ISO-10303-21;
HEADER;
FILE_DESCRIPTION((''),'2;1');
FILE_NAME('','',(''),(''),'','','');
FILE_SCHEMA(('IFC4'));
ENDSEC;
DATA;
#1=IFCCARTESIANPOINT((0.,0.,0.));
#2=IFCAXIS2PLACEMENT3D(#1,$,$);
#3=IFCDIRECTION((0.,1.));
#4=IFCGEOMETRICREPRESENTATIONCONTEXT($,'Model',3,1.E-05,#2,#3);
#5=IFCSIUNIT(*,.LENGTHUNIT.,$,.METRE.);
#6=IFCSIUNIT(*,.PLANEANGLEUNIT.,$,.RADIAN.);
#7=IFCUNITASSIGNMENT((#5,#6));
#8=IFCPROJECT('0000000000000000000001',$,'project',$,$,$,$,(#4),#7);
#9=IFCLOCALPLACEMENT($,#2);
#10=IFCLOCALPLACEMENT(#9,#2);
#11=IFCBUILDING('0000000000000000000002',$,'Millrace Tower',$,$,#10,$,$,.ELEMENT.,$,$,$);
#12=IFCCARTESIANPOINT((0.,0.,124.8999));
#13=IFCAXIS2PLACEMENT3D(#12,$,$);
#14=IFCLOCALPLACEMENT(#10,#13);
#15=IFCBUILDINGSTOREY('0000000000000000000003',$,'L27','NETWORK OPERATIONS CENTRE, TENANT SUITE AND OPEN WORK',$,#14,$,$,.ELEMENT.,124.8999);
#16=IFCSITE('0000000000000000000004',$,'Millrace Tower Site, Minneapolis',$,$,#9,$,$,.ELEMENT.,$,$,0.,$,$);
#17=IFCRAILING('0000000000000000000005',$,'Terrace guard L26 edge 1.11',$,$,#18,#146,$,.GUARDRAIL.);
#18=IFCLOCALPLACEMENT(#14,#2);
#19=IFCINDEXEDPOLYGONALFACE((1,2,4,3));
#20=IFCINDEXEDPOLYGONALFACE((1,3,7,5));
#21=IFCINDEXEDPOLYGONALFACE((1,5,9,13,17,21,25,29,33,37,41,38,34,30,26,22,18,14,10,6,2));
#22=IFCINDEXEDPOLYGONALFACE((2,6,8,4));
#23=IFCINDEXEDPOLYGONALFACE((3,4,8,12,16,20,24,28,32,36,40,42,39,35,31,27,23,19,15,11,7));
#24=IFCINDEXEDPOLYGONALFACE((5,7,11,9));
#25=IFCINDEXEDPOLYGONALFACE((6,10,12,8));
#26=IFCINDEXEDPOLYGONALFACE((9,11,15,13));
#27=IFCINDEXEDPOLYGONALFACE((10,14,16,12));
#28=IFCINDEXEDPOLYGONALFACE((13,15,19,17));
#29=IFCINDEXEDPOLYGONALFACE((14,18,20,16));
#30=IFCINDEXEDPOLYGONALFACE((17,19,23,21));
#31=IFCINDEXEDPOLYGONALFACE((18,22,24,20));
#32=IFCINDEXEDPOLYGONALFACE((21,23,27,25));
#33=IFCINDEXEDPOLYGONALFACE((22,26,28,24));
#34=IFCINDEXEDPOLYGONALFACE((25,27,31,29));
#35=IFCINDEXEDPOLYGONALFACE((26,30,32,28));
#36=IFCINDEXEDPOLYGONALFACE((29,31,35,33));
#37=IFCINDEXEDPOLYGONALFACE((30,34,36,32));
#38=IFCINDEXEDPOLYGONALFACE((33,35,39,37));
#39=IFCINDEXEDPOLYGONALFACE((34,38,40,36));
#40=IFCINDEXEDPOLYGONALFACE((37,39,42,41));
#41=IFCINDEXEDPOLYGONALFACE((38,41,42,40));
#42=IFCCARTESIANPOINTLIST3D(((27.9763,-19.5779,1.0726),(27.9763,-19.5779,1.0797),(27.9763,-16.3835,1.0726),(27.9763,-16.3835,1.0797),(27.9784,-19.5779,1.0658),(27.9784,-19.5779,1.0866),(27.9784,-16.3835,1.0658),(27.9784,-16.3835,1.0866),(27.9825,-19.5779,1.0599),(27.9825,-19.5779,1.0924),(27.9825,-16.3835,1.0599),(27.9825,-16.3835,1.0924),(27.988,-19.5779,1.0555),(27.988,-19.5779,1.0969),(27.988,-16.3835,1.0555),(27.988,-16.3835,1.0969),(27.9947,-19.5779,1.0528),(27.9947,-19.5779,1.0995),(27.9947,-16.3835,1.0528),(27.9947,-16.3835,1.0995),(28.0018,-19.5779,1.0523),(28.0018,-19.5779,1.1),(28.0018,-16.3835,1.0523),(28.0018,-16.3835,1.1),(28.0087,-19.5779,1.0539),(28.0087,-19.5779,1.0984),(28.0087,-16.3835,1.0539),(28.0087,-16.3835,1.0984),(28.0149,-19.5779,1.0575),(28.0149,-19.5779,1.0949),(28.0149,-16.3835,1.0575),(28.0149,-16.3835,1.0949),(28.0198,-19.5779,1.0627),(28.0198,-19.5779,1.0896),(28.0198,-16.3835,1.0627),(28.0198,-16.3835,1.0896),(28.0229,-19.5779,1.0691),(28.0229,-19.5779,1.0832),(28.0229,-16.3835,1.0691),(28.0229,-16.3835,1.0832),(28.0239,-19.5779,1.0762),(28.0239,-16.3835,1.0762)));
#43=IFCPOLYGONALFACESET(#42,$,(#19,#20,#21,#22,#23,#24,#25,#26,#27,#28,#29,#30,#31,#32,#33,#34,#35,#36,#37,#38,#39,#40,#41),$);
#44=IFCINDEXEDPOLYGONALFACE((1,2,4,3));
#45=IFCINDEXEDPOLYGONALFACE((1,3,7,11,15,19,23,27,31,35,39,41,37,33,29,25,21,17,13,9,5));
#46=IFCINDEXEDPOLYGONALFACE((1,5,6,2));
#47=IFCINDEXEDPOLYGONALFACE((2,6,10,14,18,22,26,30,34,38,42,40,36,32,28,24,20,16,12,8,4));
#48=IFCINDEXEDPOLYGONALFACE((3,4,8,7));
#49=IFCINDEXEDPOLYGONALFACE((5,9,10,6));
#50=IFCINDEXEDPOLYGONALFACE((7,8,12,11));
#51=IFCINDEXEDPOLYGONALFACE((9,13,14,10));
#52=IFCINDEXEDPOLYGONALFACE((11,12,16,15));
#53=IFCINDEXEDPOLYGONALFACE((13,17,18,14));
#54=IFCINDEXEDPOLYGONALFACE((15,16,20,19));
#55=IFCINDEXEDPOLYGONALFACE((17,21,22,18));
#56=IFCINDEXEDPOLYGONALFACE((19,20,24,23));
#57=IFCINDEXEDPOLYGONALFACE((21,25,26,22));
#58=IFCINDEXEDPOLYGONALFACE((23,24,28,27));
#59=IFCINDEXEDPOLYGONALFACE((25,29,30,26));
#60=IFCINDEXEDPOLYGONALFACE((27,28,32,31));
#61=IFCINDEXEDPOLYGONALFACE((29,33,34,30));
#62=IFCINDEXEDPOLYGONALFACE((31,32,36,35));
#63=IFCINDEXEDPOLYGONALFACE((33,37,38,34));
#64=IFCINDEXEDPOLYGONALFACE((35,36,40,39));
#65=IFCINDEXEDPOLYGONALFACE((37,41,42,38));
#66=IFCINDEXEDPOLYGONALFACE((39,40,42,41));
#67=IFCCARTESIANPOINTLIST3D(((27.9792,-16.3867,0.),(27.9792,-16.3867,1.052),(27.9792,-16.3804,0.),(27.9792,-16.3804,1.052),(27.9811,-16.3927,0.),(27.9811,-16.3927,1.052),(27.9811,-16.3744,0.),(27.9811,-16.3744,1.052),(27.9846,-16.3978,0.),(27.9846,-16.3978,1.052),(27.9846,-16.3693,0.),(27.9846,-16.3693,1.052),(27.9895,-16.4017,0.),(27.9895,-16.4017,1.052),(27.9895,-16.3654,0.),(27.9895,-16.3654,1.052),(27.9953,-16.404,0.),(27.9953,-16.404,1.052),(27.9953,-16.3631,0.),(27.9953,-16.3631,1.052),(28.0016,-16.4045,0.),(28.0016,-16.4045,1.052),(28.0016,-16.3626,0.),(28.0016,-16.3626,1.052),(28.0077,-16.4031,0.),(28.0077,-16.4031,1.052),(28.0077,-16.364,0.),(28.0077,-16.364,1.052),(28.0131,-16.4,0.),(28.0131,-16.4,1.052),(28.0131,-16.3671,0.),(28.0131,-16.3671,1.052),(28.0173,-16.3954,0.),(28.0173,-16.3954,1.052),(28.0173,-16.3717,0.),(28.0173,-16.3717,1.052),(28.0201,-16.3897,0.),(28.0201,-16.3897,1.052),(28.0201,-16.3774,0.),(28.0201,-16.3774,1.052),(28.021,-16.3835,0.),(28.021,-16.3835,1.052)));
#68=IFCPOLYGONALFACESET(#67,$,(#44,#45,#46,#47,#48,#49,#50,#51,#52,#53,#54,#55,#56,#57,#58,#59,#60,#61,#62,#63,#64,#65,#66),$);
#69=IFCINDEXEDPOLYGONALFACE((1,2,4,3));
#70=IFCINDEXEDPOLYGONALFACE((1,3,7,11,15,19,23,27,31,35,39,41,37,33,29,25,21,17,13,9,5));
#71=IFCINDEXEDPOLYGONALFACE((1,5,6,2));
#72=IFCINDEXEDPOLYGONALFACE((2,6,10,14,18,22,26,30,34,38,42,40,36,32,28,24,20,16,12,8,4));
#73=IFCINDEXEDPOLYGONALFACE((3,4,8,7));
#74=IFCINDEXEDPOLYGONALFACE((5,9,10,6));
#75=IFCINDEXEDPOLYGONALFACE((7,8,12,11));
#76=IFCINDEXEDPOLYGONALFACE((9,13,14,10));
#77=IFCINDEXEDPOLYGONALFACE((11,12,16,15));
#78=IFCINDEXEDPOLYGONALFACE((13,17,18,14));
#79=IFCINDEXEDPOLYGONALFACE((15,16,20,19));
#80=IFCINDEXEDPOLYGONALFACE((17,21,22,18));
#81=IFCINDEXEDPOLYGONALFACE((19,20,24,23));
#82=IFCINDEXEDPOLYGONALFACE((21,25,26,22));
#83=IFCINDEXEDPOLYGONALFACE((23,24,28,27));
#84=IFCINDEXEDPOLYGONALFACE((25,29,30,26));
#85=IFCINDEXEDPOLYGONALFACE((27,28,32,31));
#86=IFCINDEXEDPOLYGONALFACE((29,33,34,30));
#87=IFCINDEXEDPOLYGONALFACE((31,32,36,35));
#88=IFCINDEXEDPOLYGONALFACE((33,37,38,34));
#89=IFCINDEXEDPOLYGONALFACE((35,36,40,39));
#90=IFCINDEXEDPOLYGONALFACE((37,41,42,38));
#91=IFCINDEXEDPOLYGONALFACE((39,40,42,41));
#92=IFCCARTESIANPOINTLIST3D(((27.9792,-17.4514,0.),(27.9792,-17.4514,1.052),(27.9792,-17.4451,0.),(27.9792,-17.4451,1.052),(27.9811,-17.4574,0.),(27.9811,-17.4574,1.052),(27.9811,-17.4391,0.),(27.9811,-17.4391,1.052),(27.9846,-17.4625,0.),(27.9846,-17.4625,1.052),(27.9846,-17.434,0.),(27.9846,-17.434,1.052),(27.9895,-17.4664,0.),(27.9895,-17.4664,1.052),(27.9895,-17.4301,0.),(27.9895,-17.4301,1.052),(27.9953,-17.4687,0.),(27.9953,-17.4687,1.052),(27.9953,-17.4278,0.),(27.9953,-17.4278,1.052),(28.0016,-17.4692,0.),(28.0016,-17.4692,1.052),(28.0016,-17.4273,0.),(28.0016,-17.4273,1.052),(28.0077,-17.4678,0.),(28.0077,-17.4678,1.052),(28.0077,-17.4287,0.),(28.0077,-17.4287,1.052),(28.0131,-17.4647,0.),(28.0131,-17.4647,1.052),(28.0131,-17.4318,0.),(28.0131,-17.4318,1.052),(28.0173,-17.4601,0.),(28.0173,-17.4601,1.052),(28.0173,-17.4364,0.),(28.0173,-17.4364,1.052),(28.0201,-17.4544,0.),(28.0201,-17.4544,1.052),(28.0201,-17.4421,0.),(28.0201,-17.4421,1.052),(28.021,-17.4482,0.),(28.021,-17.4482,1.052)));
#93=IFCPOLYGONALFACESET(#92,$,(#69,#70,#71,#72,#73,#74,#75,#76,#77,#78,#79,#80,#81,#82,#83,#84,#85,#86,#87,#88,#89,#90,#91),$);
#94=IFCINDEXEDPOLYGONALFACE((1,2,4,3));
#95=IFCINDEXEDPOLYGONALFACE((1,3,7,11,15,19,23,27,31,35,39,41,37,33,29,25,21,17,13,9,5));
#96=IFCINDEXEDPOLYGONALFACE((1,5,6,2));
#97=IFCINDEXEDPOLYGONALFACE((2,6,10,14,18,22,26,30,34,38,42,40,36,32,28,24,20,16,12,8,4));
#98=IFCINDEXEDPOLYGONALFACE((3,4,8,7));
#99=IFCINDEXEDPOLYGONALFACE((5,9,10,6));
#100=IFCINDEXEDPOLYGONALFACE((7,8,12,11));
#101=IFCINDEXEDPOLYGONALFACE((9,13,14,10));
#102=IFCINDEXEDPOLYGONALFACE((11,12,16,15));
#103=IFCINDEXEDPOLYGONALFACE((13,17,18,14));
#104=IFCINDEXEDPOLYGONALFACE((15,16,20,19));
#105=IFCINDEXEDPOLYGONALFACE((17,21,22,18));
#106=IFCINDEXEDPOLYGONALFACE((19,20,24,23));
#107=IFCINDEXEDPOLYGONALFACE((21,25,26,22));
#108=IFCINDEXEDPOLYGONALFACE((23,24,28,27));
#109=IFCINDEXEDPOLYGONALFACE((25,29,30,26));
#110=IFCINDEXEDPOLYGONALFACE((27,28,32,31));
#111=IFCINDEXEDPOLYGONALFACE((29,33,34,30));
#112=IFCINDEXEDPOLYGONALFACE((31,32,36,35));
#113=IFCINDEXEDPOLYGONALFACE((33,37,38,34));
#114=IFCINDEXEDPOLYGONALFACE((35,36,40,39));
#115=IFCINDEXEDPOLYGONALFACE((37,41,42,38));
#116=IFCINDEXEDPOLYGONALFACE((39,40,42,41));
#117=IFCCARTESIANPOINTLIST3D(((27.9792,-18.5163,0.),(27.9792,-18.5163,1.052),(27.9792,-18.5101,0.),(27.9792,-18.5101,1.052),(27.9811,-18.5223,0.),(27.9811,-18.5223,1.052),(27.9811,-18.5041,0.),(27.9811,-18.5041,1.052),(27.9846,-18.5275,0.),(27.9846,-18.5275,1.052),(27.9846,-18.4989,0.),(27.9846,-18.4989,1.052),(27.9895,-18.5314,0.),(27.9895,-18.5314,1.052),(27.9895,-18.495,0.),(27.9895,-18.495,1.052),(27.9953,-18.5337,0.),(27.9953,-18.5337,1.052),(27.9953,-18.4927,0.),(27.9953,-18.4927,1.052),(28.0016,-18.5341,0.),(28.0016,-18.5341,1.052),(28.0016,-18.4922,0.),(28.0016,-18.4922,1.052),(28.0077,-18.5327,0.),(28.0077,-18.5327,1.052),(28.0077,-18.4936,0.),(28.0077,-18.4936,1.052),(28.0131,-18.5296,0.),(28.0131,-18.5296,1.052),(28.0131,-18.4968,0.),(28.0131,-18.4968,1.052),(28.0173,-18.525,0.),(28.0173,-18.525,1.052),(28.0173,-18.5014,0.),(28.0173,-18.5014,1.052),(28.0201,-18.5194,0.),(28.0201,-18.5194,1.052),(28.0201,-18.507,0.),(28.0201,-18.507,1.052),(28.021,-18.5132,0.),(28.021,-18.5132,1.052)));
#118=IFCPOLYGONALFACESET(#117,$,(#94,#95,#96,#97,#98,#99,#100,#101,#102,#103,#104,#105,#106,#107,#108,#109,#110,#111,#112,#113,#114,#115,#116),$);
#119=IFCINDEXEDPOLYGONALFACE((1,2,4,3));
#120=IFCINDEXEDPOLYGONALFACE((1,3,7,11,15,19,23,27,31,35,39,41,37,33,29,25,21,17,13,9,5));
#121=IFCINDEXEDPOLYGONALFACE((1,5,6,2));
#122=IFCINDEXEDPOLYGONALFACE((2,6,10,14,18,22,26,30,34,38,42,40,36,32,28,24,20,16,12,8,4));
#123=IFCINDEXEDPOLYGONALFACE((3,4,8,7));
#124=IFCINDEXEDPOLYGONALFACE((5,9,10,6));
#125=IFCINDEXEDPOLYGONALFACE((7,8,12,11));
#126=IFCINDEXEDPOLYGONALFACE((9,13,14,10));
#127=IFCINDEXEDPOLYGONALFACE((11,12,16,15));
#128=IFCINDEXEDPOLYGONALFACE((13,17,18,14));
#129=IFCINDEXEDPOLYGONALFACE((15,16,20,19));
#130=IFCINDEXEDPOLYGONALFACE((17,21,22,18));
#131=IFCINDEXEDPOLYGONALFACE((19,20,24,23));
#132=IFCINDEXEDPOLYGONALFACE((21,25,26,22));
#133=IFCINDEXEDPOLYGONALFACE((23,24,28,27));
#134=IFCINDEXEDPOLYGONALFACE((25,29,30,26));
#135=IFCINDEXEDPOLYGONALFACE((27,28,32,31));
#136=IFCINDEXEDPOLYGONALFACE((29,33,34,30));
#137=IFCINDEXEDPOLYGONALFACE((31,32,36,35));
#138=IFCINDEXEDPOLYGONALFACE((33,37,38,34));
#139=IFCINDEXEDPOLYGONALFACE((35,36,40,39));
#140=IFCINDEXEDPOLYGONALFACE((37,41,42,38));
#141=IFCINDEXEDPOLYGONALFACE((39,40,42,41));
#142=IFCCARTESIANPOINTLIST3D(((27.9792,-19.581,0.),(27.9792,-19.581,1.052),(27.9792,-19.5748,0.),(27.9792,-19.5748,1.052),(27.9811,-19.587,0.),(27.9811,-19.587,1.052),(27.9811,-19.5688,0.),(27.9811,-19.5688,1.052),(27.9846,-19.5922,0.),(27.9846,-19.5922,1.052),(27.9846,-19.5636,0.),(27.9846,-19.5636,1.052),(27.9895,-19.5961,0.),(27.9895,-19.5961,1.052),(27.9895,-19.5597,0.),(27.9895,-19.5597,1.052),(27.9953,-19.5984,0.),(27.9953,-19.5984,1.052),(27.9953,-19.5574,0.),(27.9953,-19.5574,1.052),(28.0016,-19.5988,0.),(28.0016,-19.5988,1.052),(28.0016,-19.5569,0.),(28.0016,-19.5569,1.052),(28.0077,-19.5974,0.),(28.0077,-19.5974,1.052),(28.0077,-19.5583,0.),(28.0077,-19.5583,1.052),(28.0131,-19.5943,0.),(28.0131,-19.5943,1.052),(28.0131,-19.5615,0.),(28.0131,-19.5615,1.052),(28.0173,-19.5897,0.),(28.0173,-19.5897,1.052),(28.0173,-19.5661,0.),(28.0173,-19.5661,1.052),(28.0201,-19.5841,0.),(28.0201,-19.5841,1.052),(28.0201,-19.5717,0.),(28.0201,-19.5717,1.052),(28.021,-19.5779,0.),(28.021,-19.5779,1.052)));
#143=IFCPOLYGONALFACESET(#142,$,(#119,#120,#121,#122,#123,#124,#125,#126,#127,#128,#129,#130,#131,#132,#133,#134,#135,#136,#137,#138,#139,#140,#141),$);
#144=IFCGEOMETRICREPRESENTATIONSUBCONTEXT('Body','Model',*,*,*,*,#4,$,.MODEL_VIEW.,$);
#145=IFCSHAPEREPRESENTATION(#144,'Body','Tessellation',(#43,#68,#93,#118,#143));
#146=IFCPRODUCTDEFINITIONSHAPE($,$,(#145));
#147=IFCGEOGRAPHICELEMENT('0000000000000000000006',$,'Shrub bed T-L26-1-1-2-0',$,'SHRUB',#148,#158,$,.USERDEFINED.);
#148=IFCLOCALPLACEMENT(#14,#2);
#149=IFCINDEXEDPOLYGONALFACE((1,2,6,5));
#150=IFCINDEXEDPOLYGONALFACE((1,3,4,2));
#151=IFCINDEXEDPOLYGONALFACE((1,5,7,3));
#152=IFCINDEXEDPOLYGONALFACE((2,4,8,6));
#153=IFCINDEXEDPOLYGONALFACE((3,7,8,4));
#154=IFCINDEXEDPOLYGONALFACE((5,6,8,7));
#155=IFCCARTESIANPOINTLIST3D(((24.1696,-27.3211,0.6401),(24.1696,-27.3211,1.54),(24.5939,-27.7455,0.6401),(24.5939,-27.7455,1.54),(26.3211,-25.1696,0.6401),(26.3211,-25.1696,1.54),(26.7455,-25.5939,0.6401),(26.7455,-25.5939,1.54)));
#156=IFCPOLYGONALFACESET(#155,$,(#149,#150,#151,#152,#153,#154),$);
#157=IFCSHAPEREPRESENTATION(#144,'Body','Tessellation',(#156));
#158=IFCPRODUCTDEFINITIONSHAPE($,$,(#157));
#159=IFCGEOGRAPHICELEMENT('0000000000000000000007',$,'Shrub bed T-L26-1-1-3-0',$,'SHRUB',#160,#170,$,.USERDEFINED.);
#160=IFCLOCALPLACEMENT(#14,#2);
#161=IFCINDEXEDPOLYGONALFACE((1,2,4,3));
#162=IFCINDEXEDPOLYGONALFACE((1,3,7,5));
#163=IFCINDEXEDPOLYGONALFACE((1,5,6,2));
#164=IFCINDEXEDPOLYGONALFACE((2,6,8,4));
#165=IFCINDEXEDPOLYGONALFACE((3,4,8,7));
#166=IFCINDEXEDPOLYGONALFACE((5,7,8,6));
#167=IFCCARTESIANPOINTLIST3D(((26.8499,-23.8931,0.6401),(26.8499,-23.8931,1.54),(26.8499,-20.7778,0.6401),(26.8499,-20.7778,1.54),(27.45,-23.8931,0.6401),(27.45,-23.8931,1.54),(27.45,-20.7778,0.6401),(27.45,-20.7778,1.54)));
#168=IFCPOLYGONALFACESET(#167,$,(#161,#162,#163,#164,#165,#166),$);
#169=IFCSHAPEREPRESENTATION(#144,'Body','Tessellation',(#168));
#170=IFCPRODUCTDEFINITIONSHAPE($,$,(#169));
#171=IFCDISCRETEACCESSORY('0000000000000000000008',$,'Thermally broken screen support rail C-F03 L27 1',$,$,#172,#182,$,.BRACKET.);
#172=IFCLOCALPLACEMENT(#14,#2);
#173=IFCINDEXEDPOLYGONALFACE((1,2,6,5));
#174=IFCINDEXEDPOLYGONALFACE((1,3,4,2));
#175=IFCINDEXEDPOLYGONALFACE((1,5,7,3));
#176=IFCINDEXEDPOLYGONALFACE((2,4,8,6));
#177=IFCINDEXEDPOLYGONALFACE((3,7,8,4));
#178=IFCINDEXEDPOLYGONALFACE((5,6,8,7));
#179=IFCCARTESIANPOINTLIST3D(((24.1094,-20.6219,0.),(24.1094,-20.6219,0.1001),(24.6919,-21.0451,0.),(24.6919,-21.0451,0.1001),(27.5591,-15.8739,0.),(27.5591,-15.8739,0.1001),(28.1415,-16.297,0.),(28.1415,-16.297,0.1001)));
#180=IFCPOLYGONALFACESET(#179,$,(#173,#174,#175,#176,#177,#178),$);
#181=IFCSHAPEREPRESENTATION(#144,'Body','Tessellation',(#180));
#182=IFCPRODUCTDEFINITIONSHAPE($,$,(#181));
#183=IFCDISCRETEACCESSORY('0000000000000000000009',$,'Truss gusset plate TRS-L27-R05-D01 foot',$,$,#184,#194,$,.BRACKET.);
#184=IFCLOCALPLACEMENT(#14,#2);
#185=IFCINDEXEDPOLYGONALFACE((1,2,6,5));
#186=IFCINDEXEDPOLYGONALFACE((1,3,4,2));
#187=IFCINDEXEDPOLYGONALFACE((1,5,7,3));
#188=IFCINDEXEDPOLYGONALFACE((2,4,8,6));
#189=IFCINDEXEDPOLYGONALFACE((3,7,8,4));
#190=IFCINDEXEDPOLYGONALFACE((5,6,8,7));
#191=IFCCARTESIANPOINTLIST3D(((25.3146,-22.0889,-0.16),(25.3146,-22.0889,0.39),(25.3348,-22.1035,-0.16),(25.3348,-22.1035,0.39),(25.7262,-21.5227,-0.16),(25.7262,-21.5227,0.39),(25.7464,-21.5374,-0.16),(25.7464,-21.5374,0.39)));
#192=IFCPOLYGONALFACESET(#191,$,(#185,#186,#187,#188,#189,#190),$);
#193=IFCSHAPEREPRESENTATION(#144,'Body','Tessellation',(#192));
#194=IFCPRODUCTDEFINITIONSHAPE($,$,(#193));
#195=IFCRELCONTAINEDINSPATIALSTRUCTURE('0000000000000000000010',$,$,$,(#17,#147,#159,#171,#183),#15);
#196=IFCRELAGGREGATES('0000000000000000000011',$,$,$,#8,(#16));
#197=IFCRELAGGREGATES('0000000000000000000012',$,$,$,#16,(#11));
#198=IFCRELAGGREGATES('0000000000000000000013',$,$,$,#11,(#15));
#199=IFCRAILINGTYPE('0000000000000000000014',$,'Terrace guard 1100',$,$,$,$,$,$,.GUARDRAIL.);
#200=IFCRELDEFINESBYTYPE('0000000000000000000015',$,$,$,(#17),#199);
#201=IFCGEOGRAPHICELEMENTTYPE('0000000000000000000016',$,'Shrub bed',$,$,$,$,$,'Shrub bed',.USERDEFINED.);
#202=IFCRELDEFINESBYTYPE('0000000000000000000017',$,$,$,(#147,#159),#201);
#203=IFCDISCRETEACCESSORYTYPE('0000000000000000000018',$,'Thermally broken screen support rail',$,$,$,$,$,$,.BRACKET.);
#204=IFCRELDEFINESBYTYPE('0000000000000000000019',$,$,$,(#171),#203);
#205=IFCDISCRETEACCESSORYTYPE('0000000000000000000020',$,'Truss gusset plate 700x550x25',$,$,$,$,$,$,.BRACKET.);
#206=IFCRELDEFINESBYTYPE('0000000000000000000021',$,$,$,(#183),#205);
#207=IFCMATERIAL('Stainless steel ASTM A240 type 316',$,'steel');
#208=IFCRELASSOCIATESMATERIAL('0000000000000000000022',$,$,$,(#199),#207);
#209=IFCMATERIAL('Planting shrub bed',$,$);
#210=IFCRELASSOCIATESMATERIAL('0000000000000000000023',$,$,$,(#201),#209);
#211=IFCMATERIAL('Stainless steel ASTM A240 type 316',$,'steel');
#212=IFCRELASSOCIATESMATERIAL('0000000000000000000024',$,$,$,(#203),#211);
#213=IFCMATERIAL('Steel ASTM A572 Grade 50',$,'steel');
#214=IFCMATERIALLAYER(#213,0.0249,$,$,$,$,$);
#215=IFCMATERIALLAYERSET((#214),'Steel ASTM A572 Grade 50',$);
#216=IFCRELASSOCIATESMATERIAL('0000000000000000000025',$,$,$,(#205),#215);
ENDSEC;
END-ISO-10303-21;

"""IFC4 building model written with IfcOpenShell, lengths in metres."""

from ifc_helpers import new_model, si_unit, direction, frame, origin, origin_2d, place, context, subcontext, project, spatial, rectangle, circle, extrude, material, layer, layer_set, type_object, element, save


model = new_model("IFC4")

# Units and contexts
model_context = context("Model", 3, precision=1e-05, world=origin(), true_north=direction((0.0, 1.0)))
body_context = subcontext(model_context, "Body", "Model", "MODEL_VIEW")
ifc_project = project(units=[si_unit("LENGTHUNIT", "METRE"), si_unit("PLANEANGLEUNIT", "RADIAN")], contexts=[model_context])

# Site, building, storey
site_placement = place(None, origin())
site = spatial("IfcSite", under=ifc_project, at=site_placement, Name="Millrace Tower Site, Minneapolis", CompositionType="ELEMENT", RefElevation=0.0)
building_placement = place(site_placement, origin())
building = spatial("IfcBuilding", under=site, at=building_placement, Name="Millrace Tower", CompositionType="ELEMENT")
storey_placement = place(building_placement, frame((0.0, 0.0, 124.8999)))
storey = spatial("IfcBuildingStorey", under=building, at=storey_placement, Name="L27", Description="NETWORK OPERATIONS CENTRE, TENANT SUITE AND OPEN WORK", CompositionType="ELEMENT", Elevation=124.8999)

# Railing
ifc_material_1 = material(Name="Stainless steel ASTM A240 type 316", Category="steel")
railing_type = type_object("IfcRailingType", Name="Terrace guard 1100", PredefinedType="GUARDRAIL", material=ifc_material_1)
railing_placement = place(storey_placement, frame((28.0, -16.3835, 0.0)))
element("IfcRailing", 1, at=railing_placement, inside=storey, type_object=railing_type, Name="Terrace guard L26 edge 1.11", PredefinedType="GUARDRAIL", context=body_context, shape_type="SweptSolid", body=[
    extrude(circle(Radius=0.0239, at=origin_2d()), frame((0.0, 0.0, 1.0762), z_axis=(0.0, -1.0, 0.0), x_axis=(1.0, 0.0, 0.0)), (0.0, 0.0, 1.0), 3.1943),
    extrude(circle(Radius=0.021, at=origin_2d()), origin(), (0.0, 0.0, 1.0), 1.052),
    extrude(circle(Radius=0.021, at=origin_2d()), frame((0.0, -1.0647, 0.0)), (0.0, 0.0, 1.0), 1.052),
    extrude(circle(Radius=0.021, at=origin_2d()), frame((0.0, -2.1296, 0.0)), (0.0, 0.0, 1.0), 1.052),
    extrude(circle(Radius=0.021, at=origin_2d()), frame((0.0, -3.1943, 0.0)), (0.0, 0.0, 1.0), 1.052),
])

# Geographic elements
ifc_material_2 = material(Name="Planting shrub bed")
geographic_element_type = type_object("IfcGeographicElementType", Name="Shrub bed", ElementType="Shrub bed", PredefinedType="USERDEFINED", material=ifc_material_2)
geographic_element_1_placement = place(storey_placement, frame((25.4575, -26.4575, 0.6401), z_axis=(0.0, 0.0, 1.0), x_axis=(0.707107, 0.707107, 0.0)))
element("IfcGeographicElement", 2, at=geographic_element_1_placement, inside=storey, type_object=geographic_element_type, Name="Shrub bed T-L26-1-1-2-0", ObjectType="SHRUB", PredefinedType="USERDEFINED", context=body_context, shape_type="SweptSolid", body=[
    extrude(rectangle(XDim=3.0427, YDim=0.6001, at=origin_2d()), origin(), (0.0, 0.0, 1.0), 0.8999),
])
geographic_element_2_placement = place(storey_placement, frame((27.1499, -22.3354, 0.6401), z_axis=(0.0, 0.0, 1.0), x_axis=(0.0, 1.0, 0.0)))
element("IfcGeographicElement", 3, at=geographic_element_2_placement, inside=storey, type_object=geographic_element_type, Name="Shrub bed T-L26-1-1-3-0", ObjectType="SHRUB", PredefinedType="USERDEFINED", context=body_context, shape_type="SweptSolid", body=[
    extrude(rectangle(XDim=3.1152, YDim=0.6001, at=origin_2d()), origin(), (0.0, 0.0, 1.0), 0.8999),
])

# Discrete accessories
ifc_material_3 = material(Name="Stainless steel ASTM A240 type 316", Category="steel")
discrete_accessory_type_1 = type_object("IfcDiscreteAccessoryType", Name="Thermally broken screen support rail", PredefinedType="BRACKET", material=ifc_material_3)
discrete_accessory_1_placement = place(storey_placement, frame((26.1255, -18.4595, 0.0), z_axis=(0.0, 0.0, 1.0), x_axis=(0.587785, 0.809017, 0.0)))
element("IfcDiscreteAccessory", 4, at=discrete_accessory_1_placement, inside=storey, type_object=discrete_accessory_type_1, Name="Thermally broken screen support rail C-F03 L27 1", PredefinedType="BRACKET", context=body_context, shape_type="SweptSolid", body=[
    extrude(rectangle(XDim=5.8689, YDim=0.72, at=origin_2d()), origin(), (0.0, 0.0, 1.0), 0.1001),
])
ifc_material_4 = material(Name="Steel ASTM A572 Grade 50", Category="steel")
ifc_layer_1 = layer(ifc_material_4, 0.0249)
ifc_layer_set_1 = layer_set([ifc_layer_1], Name="Steel ASTM A572 Grade 50")
discrete_accessory_type_2 = type_object("IfcDiscreteAccessoryType", Name="Truss gusset plate 700x550x25", PredefinedType="BRACKET", material=ifc_layer_set_1)
discrete_accessory_2_placement = place(storey_placement, frame((25.3247, -22.0962, 0.115), z_axis=(0.588047, 0.808827, 0.0), x_axis=(-0.808827, 0.588047, 0.0)))
element("IfcDiscreteAccessory", 5, at=discrete_accessory_2_placement, inside=storey, type_object=discrete_accessory_type_2, Name="Truss gusset plate TRS-L27-R05-D01 foot", PredefinedType="BRACKET", context=body_context, shape_type="SweptSolid", body=[
    extrude(rectangle(XDim=0.0249, YDim=0.55, at=origin_2d()), origin(), (0.0, 0.0, 1.0), 0.7),
])

save(model, "model.ifc")
